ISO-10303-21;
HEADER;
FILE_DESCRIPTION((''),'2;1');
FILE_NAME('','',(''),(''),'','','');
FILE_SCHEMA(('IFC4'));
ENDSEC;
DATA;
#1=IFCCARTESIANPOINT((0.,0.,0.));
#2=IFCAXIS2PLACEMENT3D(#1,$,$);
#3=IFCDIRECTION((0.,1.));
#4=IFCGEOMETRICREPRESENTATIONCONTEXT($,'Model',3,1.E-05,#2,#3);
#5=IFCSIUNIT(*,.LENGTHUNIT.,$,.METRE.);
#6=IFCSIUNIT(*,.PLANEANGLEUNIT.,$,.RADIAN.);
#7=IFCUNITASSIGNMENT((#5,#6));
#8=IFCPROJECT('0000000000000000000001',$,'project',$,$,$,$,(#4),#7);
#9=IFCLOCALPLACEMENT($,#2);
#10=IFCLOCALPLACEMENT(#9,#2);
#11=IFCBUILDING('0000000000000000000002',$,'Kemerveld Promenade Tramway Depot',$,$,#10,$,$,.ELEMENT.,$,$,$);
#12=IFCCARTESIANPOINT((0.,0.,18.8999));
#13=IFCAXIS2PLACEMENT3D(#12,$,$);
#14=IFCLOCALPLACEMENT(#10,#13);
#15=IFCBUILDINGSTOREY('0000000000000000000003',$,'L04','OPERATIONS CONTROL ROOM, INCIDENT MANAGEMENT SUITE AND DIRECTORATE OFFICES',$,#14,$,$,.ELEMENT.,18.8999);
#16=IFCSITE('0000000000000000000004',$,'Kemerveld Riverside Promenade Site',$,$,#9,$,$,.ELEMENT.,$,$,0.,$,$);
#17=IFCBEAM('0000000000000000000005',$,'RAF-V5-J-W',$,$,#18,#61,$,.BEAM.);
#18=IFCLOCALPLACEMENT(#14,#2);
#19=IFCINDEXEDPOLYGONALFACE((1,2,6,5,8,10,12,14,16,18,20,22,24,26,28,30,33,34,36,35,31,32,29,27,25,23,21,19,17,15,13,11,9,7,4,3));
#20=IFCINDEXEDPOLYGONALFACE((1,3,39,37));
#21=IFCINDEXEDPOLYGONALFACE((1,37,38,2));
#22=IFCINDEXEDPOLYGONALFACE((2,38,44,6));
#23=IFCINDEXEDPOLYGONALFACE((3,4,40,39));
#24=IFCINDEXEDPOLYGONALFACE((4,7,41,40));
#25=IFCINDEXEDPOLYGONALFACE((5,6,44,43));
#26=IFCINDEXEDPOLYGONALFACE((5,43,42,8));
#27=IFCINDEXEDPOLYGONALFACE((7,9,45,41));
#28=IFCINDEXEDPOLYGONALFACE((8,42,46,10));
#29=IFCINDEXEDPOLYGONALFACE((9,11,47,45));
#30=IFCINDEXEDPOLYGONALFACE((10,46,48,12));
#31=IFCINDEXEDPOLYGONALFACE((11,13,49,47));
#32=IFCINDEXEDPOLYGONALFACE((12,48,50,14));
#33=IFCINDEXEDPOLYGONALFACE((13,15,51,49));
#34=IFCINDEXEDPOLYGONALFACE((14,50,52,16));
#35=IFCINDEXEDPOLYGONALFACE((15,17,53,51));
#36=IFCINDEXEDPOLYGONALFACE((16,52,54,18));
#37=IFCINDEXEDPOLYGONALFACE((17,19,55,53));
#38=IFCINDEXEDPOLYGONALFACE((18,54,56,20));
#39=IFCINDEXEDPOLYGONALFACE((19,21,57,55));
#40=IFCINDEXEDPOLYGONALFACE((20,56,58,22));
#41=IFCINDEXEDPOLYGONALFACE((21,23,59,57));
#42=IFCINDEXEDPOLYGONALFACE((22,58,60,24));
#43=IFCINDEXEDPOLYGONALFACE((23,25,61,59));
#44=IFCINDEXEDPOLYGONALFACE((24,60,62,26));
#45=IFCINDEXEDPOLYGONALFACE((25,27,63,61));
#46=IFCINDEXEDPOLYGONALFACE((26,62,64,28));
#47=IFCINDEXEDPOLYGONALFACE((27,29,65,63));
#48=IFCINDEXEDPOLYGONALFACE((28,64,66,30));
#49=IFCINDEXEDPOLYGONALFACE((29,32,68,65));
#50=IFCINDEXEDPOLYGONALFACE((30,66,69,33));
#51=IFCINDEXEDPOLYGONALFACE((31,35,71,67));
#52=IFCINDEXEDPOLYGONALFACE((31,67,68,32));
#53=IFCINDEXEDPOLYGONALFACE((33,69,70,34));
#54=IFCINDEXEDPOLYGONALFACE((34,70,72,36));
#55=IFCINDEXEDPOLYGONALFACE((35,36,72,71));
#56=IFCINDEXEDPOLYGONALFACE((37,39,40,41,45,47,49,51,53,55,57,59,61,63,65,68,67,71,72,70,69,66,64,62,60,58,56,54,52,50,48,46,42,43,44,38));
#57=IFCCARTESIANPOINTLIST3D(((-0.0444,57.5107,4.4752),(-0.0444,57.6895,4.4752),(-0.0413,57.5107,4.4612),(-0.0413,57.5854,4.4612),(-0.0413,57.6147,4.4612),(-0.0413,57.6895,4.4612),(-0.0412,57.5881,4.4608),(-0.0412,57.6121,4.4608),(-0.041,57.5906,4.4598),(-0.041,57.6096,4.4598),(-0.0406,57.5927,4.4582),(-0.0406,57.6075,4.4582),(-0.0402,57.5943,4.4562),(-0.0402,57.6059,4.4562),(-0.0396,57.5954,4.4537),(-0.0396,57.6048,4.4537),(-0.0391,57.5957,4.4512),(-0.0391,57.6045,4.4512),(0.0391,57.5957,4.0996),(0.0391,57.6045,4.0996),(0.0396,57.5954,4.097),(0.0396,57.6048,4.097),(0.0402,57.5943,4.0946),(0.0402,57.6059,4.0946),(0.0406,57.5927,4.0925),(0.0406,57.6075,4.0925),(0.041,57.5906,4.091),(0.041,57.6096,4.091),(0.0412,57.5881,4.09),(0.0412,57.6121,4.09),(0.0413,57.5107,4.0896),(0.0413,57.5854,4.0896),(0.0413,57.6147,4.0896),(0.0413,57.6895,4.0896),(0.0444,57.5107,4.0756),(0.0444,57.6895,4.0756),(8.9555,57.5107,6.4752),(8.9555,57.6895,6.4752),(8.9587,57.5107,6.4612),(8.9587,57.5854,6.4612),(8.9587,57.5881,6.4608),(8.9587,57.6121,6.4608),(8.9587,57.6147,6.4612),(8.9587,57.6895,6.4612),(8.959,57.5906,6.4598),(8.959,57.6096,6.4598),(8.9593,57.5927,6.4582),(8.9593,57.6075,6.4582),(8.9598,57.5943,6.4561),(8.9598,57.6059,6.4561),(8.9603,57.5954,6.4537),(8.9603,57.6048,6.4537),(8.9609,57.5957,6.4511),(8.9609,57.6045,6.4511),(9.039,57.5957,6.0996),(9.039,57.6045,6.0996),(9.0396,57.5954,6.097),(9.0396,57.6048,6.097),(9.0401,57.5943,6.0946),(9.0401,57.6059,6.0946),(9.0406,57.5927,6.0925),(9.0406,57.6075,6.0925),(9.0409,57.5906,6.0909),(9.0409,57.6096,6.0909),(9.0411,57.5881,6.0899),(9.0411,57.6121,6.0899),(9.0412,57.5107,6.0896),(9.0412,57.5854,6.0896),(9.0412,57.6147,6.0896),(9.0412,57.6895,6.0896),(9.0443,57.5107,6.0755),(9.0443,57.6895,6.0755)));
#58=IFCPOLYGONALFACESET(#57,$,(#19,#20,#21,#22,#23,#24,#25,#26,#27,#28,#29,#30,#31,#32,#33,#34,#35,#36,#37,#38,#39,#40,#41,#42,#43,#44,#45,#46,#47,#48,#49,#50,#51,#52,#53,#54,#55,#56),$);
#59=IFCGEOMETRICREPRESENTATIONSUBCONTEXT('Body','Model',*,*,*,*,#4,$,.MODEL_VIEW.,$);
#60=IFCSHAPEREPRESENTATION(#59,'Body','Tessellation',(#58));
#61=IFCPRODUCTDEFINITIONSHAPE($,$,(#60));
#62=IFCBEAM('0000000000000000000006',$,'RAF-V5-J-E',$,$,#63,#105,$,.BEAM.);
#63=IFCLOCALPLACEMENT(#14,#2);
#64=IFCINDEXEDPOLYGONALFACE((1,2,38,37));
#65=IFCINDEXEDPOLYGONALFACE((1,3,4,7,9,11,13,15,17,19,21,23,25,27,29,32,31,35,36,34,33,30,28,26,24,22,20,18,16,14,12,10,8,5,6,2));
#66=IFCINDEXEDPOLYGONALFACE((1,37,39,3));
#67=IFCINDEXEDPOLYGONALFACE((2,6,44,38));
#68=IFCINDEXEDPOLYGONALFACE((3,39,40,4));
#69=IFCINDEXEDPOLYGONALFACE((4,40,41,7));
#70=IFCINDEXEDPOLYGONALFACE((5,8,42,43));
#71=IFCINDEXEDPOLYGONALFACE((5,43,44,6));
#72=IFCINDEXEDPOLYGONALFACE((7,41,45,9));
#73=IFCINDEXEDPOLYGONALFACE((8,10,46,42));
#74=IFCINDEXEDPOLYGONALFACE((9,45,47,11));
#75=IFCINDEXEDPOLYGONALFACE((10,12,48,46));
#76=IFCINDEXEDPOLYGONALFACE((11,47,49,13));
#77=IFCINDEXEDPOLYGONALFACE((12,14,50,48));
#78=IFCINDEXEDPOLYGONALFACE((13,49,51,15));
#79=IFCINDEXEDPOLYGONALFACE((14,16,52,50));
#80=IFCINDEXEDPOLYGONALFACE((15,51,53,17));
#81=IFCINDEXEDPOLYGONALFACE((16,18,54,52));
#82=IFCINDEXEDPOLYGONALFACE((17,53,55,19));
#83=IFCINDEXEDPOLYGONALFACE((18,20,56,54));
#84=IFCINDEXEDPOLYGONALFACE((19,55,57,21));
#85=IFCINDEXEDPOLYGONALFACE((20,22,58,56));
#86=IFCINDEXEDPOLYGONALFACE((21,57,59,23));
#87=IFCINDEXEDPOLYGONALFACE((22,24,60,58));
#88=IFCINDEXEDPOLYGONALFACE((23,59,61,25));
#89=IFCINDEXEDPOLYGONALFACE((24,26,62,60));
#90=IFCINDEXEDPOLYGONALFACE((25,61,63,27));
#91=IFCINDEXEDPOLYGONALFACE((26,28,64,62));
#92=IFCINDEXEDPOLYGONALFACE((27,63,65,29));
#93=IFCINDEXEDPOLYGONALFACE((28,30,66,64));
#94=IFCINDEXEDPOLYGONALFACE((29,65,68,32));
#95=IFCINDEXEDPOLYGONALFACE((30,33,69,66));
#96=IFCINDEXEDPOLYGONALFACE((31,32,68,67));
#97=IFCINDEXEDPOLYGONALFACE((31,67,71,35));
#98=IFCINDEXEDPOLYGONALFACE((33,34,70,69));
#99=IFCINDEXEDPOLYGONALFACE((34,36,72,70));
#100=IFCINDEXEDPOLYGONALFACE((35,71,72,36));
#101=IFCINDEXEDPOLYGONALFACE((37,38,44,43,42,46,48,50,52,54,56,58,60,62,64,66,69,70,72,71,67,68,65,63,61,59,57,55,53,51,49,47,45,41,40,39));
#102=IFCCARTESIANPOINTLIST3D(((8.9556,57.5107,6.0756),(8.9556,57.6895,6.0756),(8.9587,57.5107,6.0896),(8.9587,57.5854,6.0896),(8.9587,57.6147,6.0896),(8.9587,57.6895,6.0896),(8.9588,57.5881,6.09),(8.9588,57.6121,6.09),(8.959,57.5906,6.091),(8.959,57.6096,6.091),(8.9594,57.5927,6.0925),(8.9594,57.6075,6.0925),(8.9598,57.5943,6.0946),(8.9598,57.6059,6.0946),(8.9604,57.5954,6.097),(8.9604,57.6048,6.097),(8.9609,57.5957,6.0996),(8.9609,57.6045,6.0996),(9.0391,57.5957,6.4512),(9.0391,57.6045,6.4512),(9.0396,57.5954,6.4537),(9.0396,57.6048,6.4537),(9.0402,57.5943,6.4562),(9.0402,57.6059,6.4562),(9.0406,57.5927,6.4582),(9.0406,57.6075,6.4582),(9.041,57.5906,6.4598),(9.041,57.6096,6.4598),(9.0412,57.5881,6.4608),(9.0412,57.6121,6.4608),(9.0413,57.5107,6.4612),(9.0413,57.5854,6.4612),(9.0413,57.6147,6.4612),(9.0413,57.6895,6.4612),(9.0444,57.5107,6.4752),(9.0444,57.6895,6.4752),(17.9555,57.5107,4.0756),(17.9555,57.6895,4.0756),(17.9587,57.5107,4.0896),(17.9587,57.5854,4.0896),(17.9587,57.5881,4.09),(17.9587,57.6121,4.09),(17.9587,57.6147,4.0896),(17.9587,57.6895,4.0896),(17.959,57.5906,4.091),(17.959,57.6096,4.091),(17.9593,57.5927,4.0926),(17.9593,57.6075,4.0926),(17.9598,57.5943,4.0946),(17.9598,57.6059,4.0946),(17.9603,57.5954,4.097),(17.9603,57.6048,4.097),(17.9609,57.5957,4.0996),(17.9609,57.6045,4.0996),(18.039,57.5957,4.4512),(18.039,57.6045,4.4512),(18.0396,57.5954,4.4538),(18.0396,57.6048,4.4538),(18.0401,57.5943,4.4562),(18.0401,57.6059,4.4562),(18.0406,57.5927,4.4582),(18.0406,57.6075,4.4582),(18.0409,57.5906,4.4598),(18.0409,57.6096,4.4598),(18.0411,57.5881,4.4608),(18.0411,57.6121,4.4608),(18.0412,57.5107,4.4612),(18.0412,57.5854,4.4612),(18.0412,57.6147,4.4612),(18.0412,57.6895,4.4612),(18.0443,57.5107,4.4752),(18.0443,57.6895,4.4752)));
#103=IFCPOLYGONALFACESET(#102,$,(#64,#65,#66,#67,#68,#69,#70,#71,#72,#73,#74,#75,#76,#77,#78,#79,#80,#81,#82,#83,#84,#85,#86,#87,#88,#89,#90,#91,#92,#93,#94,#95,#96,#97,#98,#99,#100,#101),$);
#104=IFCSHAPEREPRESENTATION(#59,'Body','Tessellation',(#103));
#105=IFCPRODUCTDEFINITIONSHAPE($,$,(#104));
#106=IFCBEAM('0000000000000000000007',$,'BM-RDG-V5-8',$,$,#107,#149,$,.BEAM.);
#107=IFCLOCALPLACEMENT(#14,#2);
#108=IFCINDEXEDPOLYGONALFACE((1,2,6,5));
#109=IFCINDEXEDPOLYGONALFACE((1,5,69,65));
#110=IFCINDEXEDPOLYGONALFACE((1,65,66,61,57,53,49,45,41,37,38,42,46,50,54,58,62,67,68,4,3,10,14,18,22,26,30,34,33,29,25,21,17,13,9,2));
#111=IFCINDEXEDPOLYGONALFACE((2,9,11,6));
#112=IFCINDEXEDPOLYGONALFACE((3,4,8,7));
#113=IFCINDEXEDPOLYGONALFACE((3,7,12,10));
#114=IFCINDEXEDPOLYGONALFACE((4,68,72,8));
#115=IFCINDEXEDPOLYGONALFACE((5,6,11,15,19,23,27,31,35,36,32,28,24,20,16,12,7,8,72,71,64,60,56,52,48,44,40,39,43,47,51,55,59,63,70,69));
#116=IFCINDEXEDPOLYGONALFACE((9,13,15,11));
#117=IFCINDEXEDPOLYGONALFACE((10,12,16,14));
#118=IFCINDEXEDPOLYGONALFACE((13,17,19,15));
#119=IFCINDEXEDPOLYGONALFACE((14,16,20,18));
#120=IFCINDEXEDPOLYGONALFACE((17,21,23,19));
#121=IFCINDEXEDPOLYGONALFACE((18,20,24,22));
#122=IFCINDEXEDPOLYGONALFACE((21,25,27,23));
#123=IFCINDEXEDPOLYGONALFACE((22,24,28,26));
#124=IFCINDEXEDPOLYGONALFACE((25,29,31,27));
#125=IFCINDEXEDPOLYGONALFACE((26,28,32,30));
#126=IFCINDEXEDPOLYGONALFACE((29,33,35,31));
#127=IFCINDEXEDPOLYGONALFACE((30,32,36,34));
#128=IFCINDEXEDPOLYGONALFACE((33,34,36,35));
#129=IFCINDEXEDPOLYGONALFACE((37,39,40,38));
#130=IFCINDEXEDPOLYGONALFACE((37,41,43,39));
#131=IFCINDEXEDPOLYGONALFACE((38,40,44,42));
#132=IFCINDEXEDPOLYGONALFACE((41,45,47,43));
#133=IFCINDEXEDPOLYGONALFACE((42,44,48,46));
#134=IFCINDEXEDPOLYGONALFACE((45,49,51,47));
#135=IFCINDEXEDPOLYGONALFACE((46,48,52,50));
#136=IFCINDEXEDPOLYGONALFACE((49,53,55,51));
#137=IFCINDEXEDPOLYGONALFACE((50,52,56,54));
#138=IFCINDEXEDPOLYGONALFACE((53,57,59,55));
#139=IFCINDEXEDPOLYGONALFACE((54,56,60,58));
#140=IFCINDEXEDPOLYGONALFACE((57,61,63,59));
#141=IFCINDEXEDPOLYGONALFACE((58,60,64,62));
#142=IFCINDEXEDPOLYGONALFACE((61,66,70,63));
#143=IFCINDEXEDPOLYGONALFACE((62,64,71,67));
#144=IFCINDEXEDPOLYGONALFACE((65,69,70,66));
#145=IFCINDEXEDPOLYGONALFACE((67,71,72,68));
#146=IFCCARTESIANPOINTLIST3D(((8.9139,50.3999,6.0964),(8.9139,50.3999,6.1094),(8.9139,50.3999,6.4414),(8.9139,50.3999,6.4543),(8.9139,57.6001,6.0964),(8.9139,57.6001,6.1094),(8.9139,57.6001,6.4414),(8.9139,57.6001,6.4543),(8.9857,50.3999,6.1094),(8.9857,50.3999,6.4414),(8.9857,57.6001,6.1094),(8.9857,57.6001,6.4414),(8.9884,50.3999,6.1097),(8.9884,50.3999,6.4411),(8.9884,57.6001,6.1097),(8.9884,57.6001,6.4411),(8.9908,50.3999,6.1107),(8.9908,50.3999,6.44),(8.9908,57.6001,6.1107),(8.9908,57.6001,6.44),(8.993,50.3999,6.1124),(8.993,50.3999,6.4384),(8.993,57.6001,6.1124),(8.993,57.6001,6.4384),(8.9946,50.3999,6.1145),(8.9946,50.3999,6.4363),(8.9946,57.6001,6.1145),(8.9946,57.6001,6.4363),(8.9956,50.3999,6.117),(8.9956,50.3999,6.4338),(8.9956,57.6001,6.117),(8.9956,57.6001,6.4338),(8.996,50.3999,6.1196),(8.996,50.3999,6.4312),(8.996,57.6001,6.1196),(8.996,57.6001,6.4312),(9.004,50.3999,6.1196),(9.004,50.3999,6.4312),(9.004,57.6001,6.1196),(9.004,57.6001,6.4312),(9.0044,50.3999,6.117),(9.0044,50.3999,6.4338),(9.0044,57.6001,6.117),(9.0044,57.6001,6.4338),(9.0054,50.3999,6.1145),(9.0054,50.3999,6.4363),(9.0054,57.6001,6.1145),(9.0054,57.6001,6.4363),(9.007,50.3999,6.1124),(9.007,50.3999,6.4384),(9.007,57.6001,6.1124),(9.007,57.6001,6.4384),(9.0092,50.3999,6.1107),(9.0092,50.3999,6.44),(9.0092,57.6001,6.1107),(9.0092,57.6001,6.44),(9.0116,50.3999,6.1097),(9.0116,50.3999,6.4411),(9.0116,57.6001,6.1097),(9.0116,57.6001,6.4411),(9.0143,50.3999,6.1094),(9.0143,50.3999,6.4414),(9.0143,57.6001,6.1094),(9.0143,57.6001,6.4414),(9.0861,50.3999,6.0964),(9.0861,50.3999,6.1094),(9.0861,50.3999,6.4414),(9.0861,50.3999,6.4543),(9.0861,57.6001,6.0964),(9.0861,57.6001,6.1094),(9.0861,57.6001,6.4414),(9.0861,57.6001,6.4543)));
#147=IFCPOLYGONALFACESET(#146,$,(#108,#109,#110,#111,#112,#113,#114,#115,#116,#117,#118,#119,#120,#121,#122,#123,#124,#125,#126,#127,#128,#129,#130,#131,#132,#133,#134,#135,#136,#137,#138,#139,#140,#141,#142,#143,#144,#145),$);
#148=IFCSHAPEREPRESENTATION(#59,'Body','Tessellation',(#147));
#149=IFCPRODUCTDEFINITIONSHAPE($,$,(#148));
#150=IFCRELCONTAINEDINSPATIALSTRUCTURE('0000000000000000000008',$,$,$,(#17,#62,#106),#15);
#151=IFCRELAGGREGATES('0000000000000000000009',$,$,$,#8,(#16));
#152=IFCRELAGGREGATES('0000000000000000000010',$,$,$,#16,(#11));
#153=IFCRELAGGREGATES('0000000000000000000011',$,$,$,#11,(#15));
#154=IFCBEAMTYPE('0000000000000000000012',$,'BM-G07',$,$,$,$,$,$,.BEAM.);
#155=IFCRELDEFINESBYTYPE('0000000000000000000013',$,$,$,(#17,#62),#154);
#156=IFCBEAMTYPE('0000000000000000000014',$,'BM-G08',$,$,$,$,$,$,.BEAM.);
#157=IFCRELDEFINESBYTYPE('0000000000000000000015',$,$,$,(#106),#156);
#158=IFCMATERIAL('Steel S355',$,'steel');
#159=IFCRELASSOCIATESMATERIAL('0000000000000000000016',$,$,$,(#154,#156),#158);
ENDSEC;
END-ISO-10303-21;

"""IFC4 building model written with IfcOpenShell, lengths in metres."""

from ifc_helpers import new_model, si_unit, direction, frame, origin, origin_2d, place, context, subcontext, project, spatial, i_section, extrude, material, material_profile, profile_set, type_object, element, save


model = new_model("IFC4")

# Units and contexts
model_context = context("Model", 3, precision=1e-05, world=origin(), true_north=direction((0.0, 1.0)))
body_context = subcontext(model_context, "Body", "Model", "MODEL_VIEW")
ifc_project = project(units=[si_unit("LENGTHUNIT", "METRE"), si_unit("PLANEANGLEUNIT", "RADIAN")], contexts=[model_context])

# Site, building, storey
site_placement = place(None, origin())
site = spatial("IfcSite", under=ifc_project, at=site_placement, Name="Kemerveld Riverside Promenade Site", CompositionType="ELEMENT", RefElevation=0.0)
building_placement = place(site_placement, origin())
building = spatial("IfcBuilding", under=site, at=building_placement, Name="Kemerveld Promenade Tramway Depot", CompositionType="ELEMENT")
storey_placement = place(building_placement, frame((0.0, 0.0, 18.8999)))
storey = spatial("IfcBuildingStorey", under=building, at=storey_placement, Name="L04", Description="OPERATIONS CONTROL ROOM, INCIDENT MANAGEMENT SUITE AND DIRECTORATE OFFICES", CompositionType="ELEMENT", Elevation=18.8999)

# Shared definitions
ifc_material_1 = material(Name="Steel S355", Category="steel")

# Beams
ifc_material_profile_1 = material_profile(ifc_material_1, i_section(OverallWidth=0.1787, OverallDepth=0.4094, WebThickness=0.0088, FlangeThickness=0.0144, FilletRadius=0.0103, at=origin_2d()), Name="406x178x67 UB")
ifc_profile_set_1 = profile_set([ifc_material_profile_1], Name="Steel S355")
beam_type_1 = type_object("IfcBeamType", Name="BM-G07", PredefinedType="BEAM", material=ifc_profile_set_1)
for number, where, z_axis, x_axis, name in (
    (1, (0.0, 57.6001, 4.2754), (0.976187, 0.0, 0.21693), (0.0, 1.0, 0.0), "RAF-V5-J-W"),
    (2, (9.0, 57.6001, 6.2754), (0.976187, 0.0, -0.21693), (0.0, 1.0, 0.0), "RAF-V5-J-E"),
):
    element("IfcBeam", number, at=place(storey_placement, frame(where, z_axis=z_axis, x_axis=x_axis)), inside=storey, type_object=beam_type_1, Name=name, PredefinedType="BEAM", context=body_context, shape_type="SweptSolid", body=[
        extrude(i_section(OverallWidth=0.1787, OverallDepth=0.4094, WebThickness=0.0088, FlangeThickness=0.0144, FilletRadius=0.0103, at=origin_2d()), origin(), (0.0, 0.0, 1.0), 9.2195),
    ])
ifc_material_profile_2 = material_profile(ifc_material_1, i_section(OverallWidth=0.1721, OverallDepth=0.3579, WebThickness=0.0081, FlangeThickness=0.0129, FilletRadius=0.0103, at=origin_2d()), Name="356x171x57 UB")
ifc_profile_set_2 = profile_set([ifc_material_profile_2], Name="Steel S355")
beam_type_2 = type_object("IfcBeamType", Name="BM-G08", PredefinedType="BEAM", material=ifc_profile_set_2)
beam_1_placement = place(storey_placement, frame((9.0, 50.3999, 6.2754), z_axis=(0.0, 1.0, 0.0), x_axis=(-1.0, 0.0, 0.0)))
element("IfcBeam", 3, at=beam_1_placement, inside=storey, type_object=beam_type_2, Name="BM-RDG-V5-8", PredefinedType="BEAM", context=body_context, shape_type="SweptSolid", body=[
    extrude(i_section(OverallWidth=0.1721, OverallDepth=0.3579, WebThickness=0.0081, FlangeThickness=0.0129, FilletRadius=0.0103, at=origin_2d()), origin(), (0.0, 0.0, 1.0), 7.2002),
])

save(model, "model.ifc")
